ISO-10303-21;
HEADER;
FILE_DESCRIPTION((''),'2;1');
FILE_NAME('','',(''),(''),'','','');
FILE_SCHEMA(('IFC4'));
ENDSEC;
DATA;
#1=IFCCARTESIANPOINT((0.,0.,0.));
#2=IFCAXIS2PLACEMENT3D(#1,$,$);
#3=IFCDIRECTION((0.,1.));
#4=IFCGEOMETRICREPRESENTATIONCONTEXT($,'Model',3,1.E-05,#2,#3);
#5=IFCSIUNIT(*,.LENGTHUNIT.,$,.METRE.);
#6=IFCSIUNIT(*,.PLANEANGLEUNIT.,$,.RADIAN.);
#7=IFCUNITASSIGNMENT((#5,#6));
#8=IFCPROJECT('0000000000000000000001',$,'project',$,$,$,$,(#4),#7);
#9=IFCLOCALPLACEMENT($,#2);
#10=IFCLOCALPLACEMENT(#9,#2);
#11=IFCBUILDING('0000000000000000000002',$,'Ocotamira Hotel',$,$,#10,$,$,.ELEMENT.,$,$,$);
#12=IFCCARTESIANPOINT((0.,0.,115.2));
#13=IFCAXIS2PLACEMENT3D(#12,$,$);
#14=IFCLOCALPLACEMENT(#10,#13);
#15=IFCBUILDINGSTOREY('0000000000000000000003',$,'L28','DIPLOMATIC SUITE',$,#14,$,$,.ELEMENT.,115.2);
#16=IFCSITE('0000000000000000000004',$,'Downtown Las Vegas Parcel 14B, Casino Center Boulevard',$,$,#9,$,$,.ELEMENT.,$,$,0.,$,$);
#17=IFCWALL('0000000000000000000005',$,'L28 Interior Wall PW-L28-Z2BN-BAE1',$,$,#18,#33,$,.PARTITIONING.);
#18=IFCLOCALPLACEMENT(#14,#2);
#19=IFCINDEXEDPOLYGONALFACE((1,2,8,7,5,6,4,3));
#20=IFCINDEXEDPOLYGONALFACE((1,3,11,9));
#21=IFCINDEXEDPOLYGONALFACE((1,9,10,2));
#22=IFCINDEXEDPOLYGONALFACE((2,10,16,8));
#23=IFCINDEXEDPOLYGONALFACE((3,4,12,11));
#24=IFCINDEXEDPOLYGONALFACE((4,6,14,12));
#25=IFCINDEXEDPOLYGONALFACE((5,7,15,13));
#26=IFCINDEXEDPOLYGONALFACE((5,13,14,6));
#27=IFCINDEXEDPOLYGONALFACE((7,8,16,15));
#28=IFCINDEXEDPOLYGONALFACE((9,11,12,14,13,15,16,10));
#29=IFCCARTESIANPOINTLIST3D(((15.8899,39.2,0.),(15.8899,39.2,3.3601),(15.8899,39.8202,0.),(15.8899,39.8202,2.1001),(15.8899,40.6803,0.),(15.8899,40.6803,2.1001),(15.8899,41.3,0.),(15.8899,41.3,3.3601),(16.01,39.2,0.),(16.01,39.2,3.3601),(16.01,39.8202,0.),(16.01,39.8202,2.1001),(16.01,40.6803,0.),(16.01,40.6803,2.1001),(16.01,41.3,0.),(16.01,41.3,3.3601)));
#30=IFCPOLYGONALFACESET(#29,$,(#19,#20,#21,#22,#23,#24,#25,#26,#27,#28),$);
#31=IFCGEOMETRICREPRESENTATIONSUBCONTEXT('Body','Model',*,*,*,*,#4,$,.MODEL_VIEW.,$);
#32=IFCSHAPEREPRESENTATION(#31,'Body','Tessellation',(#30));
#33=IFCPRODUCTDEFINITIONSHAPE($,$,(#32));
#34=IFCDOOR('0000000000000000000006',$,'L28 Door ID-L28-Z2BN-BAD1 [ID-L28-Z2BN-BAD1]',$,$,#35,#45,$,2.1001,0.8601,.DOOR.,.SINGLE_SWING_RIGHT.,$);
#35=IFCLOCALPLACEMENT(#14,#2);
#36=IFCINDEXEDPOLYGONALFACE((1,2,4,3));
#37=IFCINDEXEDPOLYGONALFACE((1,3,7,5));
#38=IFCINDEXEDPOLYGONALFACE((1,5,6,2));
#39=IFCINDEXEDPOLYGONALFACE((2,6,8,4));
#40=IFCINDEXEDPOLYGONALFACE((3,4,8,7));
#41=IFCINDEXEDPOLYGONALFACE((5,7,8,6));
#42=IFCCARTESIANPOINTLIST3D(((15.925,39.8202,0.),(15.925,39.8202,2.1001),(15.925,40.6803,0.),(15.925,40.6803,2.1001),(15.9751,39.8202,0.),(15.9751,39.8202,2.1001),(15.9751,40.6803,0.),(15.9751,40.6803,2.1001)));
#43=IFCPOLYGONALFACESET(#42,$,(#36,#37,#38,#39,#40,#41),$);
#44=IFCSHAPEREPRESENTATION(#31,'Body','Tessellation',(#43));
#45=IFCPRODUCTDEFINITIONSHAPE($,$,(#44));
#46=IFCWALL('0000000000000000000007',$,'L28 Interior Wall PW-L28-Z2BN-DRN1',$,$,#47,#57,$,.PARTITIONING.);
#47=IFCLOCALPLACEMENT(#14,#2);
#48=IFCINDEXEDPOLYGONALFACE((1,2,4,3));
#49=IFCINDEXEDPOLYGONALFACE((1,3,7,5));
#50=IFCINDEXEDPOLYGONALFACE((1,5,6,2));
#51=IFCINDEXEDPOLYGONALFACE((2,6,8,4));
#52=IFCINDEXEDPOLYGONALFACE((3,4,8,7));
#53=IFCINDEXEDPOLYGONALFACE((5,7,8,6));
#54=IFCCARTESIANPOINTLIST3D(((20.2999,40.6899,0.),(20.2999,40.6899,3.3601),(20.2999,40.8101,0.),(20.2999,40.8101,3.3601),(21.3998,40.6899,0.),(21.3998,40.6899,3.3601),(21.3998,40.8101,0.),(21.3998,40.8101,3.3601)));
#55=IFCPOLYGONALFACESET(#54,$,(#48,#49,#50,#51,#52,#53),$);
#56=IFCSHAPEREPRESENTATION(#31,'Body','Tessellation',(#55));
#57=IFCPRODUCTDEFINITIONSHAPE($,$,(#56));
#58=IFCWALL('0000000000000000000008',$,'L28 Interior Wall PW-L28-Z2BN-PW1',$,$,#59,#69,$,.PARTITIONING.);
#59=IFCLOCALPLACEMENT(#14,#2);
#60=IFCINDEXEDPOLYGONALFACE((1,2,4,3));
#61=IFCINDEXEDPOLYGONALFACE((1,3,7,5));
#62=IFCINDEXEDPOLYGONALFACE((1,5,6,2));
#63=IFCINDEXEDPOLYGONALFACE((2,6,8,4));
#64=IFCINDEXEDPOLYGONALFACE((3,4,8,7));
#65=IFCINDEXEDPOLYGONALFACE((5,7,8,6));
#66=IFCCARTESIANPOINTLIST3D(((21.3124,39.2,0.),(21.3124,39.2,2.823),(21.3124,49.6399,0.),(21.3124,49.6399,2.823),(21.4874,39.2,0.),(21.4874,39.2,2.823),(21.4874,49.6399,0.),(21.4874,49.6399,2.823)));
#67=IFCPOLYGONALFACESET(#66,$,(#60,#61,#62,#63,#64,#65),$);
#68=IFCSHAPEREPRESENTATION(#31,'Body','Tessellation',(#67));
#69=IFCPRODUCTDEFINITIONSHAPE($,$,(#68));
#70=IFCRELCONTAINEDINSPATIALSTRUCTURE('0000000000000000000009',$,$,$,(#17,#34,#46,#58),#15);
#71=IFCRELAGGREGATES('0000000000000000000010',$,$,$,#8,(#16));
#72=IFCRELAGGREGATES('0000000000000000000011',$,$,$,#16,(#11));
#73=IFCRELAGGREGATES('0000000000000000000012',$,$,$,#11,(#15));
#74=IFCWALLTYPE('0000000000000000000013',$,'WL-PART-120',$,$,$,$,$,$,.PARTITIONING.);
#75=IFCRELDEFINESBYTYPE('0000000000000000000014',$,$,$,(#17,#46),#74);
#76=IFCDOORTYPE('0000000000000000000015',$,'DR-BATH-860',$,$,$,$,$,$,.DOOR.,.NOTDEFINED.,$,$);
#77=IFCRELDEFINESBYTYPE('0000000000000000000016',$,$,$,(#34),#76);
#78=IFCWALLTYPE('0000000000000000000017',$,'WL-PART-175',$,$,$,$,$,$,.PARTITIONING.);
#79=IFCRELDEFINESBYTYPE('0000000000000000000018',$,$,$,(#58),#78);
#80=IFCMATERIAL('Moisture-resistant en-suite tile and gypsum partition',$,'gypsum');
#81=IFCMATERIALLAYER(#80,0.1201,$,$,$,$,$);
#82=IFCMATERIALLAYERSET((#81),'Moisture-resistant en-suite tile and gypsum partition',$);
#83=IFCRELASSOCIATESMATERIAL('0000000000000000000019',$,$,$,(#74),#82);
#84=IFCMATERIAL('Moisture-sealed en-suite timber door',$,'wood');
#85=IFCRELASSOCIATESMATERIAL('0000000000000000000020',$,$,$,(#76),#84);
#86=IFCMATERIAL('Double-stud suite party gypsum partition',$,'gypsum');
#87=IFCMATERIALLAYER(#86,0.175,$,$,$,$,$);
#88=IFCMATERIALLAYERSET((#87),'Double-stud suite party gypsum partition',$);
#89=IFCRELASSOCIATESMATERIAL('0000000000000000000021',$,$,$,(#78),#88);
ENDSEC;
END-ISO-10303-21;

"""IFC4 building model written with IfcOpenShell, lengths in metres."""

from ifc_helpers import new_model, si_unit, direction, frame, frame_2d, origin, place, context, subcontext, project, spatial, rectangle, extrude, source, transform, mapped, material, layer, layer_set, type_object, element, fill, save


model = new_model("IFC4")

# Units and contexts
model_context = context("Model", 3, precision=1e-05, world=origin(), true_north=direction((0.0, 1.0)))
body_context = subcontext(model_context, "Body", "Model", "MODEL_VIEW")
ifc_project = project(units=[si_unit("LENGTHUNIT", "METRE"), si_unit("PLANEANGLEUNIT", "RADIAN")], contexts=[model_context])

# Site, building, storey
site_placement = place(None, origin())
site = spatial("IfcSite", under=ifc_project, at=site_placement, Name="Downtown Las Vegas Parcel 14B, Casino Center Boulevard", CompositionType="ELEMENT", RefElevation=0.0)
building_placement = place(site_placement, origin())
building = spatial("IfcBuilding", under=site, at=building_placement, Name="Ocotamira Hotel", CompositionType="ELEMENT")
storey_placement = place(building_placement, frame((0.0, 0.0, 115.2)))
storey = spatial("IfcBuildingStorey", under=building, at=storey_placement, Name="L28", Description="DIPLOMATIC SUITE", CompositionType="ELEMENT", Elevation=115.2)

# Wall, opening, door
ifc_material_1 = material(Name="Moisture-resistant en-suite tile and gypsum partition", Category="gypsum")
ifc_layer_1 = layer(ifc_material_1, 0.1201)
ifc_layer_set_1 = layer_set([ifc_layer_1], Name="Moisture-resistant en-suite tile and gypsum partition")
wall_type_1 = type_object("IfcWallType", Name="WL-PART-120", PredefinedType="PARTITIONING", material=ifc_layer_set_1)
wall_1_placement = place(storey_placement, frame((15.95, 39.2, 0.0), z_axis=(0.0, 0.0, 1.0), x_axis=(0.0, 1.0, 0.0)))
wall_1 = element("IfcWall", 1, at=wall_1_placement, inside=storey, type_object=wall_type_1, Name="L28 Interior Wall PW-L28-Z2BN-BAE1", PredefinedType="PARTITIONING", context=body_context, shape_type="SweptSolid", body=[
    extrude(rectangle(XDim=2.1001, YDim=0.1201, at=frame_2d((1.05, 0.0))), origin(), (0.0, 0.0, 1.0), 3.3601),
])
opening_placement = place(wall_1_placement, frame((0.6201, 0.0, 0.0)))
opening = element("IfcOpeningElement", 2, at=opening_placement, cuts=wall_1, PredefinedType="OPENING", context=body_context, shape_type="SweptSolid", body=[
    extrude(rectangle(XDim=0.8601, YDim=2.1001, at=frame_2d((0.4302, 1.05))), frame((0.0, 0.0701, 0.0), z_axis=(0.0, -1.0, 0.0), x_axis=(1.0, 0.0, 0.0)), (0.0, 0.0, 1.0), 0.1401),
])
ifc_material_2 = material(Name="Moisture-sealed en-suite timber door", Category="wood")
door_type = type_object("IfcDoorType", Name="DR-BATH-860", OperationType="NOTDEFINED", PredefinedType="DOOR", material=ifc_material_2)
shared_shape_1 = source(origin(), body_context, "Body", "SweptSolid", [
    extrude(rectangle(XDim=0.8601, YDim=2.1001, at=frame_2d((0.4302, 1.05))), frame((0.0, 0.0249, 0.0), z_axis=(0.0, -1.0, 0.0), x_axis=(1.0, 0.0, 0.0)), (0.0, 0.0, 1.0), 0.05),
])
door_placement = place(opening_placement, origin())
door = element("IfcDoor", 3, at=door_placement, inside=storey, type_object=door_type, Name="L28 Door ID-L28-Z2BN-BAD1 [ID-L28-Z2BN-BAD1]", OperationType="SINGLE_SWING_RIGHT", OverallHeight=2.1001, OverallWidth=0.8601, PredefinedType="DOOR", context=body_context, shape_type="MappedRepresentation", body=[
    mapped(shared_shape_1, transform((0.0, 0.0, 0.0), scale=1.0)),
])
fill(opening, door)

# Walls
wall_2_placement = place(storey_placement, frame((20.3, 40.75, 0.0), z_axis=(0.0, 0.0, 1.0), x_axis=(1.0, 0.0, 0.0)))
element("IfcWall", 4, at=wall_2_placement, inside=storey, type_object=wall_type_1, Name="L28 Interior Wall PW-L28-Z2BN-DRN1", PredefinedType="PARTITIONING", context=body_context, shape_type="SweptSolid", body=[
    extrude(rectangle(XDim=1.0999, YDim=0.1201, at=frame_2d((0.5498, 0.0))), origin(), (0.0, 0.0, 1.0), 3.3601),
])
ifc_material_3 = material(Name="Double-stud suite party gypsum partition", Category="gypsum")
ifc_layer_2 = layer(ifc_material_3, 0.175)
ifc_layer_set_2 = layer_set([ifc_layer_2], Name="Double-stud suite party gypsum partition")
wall_type_2 = type_object("IfcWallType", Name="WL-PART-175", PredefinedType="PARTITIONING", material=ifc_layer_set_2)
wall_3_placement = place(storey_placement, frame((21.3999, 39.2, 0.0), z_axis=(0.0, 0.0, 1.0), x_axis=(0.0, 1.0, 0.0)))
element("IfcWall", 5, at=wall_3_placement, inside=storey, type_object=wall_type_2, Name="L28 Interior Wall PW-L28-Z2BN-PW1", PredefinedType="PARTITIONING", context=body_context, shape_type="SweptSolid", body=[
    extrude(rectangle(XDim=10.4399, YDim=0.175, at=frame_2d((5.22, 0.0))), origin(), (0.0, 0.0, 1.0), 2.823),
])

save(model, "model.ifc")
